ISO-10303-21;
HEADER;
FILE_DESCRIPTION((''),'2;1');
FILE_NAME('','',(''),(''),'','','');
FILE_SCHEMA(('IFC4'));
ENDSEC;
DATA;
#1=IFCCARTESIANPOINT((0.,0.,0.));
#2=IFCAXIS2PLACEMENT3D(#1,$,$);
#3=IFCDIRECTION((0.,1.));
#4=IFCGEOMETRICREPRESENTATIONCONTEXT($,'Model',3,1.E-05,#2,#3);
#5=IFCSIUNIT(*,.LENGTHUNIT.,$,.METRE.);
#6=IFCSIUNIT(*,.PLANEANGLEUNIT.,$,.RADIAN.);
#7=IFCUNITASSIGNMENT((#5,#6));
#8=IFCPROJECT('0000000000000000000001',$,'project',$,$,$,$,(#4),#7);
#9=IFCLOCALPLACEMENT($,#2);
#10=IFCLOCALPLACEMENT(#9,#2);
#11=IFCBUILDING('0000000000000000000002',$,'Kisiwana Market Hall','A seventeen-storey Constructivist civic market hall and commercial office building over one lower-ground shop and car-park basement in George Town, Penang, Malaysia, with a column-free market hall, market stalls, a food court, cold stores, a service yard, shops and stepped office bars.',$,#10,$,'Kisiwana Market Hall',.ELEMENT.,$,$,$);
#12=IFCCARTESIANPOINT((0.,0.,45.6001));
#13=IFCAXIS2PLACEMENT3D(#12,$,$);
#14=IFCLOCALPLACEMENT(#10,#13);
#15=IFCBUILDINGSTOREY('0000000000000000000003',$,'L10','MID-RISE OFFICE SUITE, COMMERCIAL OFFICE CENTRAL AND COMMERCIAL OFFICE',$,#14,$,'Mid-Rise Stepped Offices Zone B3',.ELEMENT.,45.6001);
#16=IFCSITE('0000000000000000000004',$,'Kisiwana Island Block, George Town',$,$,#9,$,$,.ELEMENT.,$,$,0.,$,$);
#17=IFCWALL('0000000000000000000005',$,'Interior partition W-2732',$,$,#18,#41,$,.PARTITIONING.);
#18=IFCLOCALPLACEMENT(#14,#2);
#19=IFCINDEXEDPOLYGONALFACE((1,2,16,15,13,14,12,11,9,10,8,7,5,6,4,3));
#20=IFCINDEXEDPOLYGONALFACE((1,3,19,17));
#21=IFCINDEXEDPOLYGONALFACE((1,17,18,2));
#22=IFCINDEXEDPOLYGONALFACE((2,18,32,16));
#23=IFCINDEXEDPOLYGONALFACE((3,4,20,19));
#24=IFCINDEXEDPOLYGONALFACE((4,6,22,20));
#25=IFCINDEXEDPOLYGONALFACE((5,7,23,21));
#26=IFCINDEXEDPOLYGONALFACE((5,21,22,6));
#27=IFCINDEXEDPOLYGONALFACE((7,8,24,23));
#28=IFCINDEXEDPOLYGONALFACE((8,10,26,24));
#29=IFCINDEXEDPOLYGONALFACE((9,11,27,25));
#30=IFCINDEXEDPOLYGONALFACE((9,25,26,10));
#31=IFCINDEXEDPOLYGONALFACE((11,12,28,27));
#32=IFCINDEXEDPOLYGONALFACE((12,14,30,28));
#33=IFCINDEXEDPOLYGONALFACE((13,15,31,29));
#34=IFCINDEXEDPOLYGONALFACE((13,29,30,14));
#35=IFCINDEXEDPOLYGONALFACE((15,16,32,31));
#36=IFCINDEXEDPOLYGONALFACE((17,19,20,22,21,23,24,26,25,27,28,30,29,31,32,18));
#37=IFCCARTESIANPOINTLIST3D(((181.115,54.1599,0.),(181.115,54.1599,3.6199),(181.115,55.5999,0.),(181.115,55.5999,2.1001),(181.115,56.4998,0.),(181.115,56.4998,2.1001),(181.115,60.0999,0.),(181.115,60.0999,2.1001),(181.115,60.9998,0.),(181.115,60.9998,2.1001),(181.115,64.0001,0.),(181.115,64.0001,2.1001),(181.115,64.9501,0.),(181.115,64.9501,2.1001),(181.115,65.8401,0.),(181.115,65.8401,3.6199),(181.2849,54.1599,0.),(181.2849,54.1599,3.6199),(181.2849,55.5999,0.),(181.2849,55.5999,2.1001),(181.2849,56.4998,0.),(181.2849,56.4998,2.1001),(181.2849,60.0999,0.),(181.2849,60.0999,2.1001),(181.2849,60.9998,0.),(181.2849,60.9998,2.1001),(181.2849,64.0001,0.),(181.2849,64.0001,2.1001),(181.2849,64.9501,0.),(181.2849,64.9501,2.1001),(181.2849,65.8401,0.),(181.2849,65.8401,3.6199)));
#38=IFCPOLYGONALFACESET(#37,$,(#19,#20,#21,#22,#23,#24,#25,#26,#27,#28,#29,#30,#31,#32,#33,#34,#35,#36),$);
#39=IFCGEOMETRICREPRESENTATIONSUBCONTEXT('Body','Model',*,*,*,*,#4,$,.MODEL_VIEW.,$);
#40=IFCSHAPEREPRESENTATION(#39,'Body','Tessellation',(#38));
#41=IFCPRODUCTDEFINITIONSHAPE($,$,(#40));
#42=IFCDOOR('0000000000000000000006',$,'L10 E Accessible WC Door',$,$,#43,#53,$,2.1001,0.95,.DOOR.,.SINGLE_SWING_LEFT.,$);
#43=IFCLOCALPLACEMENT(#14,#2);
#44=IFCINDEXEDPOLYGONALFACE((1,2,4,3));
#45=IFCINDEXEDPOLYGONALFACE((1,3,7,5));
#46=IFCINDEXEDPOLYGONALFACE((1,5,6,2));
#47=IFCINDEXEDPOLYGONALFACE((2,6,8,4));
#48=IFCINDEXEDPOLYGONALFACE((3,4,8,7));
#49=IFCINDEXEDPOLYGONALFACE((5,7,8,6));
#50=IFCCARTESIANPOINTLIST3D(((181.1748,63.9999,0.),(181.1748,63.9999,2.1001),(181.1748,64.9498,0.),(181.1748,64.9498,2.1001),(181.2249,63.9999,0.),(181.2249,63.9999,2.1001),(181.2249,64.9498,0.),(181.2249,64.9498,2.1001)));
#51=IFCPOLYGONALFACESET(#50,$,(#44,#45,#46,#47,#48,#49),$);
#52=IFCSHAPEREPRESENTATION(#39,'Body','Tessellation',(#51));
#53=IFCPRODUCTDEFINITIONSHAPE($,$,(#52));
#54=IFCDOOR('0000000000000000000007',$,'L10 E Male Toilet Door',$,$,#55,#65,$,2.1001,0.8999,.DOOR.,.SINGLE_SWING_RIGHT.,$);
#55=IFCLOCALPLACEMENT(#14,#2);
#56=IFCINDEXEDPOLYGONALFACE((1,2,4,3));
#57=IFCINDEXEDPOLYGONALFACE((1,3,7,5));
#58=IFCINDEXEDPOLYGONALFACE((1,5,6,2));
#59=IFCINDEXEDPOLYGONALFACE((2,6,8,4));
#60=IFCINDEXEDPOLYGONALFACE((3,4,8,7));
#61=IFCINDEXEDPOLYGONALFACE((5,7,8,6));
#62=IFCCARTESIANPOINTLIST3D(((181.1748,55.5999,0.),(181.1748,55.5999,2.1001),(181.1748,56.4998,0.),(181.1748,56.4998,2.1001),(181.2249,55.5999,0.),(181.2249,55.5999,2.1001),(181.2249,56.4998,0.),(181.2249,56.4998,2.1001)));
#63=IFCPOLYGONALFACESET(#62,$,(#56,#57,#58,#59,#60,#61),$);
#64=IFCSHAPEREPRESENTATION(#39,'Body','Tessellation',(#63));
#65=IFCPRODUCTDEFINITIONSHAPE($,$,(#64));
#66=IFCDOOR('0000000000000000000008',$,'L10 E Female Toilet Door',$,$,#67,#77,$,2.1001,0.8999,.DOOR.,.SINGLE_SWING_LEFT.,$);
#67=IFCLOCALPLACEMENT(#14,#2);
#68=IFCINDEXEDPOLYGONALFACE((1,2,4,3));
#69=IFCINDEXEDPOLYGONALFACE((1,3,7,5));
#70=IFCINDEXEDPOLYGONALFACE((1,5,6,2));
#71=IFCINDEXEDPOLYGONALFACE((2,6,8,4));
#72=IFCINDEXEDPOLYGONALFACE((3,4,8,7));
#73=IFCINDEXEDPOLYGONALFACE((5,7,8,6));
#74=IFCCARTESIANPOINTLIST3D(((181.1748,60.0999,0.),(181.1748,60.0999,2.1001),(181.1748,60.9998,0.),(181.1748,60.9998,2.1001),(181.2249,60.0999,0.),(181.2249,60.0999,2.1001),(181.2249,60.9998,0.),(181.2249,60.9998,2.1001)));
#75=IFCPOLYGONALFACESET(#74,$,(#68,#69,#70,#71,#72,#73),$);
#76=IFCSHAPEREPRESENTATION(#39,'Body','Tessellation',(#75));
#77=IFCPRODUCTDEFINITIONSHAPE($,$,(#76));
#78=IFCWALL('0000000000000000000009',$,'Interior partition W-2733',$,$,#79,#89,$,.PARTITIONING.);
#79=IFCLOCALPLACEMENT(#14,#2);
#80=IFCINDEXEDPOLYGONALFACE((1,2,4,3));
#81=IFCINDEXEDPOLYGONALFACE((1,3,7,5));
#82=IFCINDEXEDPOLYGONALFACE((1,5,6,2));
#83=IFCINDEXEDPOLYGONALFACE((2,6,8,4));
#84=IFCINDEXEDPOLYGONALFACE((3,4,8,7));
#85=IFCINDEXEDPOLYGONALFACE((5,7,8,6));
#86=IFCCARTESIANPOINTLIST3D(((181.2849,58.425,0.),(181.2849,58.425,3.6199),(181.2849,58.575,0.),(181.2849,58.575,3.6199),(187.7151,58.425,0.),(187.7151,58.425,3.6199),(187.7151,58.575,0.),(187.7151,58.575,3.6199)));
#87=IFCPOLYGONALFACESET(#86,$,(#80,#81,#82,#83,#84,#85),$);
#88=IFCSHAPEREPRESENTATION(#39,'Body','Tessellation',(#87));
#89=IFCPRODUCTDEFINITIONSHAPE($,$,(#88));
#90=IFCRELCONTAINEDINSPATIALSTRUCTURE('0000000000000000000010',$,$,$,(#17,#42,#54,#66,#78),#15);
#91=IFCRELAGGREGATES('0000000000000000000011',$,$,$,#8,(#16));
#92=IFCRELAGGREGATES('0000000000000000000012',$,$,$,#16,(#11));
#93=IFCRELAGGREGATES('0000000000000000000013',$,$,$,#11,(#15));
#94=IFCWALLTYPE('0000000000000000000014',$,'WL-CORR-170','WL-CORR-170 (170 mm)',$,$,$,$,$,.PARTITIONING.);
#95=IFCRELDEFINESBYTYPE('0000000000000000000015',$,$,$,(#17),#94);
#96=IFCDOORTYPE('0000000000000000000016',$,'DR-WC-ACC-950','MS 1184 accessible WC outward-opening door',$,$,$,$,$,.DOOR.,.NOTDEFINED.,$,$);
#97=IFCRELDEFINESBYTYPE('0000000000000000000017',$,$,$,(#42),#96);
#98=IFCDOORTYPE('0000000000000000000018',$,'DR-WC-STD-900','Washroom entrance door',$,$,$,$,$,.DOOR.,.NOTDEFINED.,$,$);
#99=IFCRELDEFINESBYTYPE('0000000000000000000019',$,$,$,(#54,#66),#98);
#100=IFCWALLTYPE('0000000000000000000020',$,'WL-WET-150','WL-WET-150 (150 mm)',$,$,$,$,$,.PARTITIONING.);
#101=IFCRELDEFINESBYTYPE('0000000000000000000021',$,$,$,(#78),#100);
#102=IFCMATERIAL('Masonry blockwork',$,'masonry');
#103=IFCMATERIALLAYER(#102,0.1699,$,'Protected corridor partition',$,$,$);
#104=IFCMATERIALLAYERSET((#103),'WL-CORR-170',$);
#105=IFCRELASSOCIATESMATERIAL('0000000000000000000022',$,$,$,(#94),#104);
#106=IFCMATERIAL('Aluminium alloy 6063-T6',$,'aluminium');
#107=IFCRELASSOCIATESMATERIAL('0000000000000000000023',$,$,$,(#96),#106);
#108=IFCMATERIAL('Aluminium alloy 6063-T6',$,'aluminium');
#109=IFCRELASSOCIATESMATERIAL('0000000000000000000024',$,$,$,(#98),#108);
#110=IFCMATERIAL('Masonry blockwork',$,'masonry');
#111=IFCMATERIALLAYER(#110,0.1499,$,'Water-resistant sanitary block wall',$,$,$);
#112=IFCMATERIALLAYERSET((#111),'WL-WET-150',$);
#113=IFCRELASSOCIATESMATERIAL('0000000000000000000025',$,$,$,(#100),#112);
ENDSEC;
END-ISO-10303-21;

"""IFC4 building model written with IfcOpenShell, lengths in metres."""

from ifc_helpers import new_model, si_unit, direction, frame, frame_2d, origin, place, context, subcontext, project, spatial, rectangle, extrude, material, layer, layer_set, type_object, element, fill, save


model = new_model("IFC4")

# Units and contexts
model_context = context("Model", 3, precision=1e-05, world=origin(), true_north=direction((0.0, 1.0)))
body_context = subcontext(model_context, "Body", "Model", "MODEL_VIEW")
ifc_project = project(units=[si_unit("LENGTHUNIT", "METRE"), si_unit("PLANEANGLEUNIT", "RADIAN")], contexts=[model_context])

# Site, building, storey
site_placement = place(None, origin())
site = spatial("IfcSite", under=ifc_project, at=site_placement, Name="Kisiwana Island Block, George Town", CompositionType="ELEMENT", RefElevation=0.0)
building_placement = place(site_placement, origin())
building = spatial("IfcBuilding", under=site, at=building_placement, Name="Kisiwana Market Hall", Description="A seventeen-storey Constructivist civic market hall and commercial office building over one lower-ground shop and car-park basement in George Town, Penang, Malaysia, with a column-free market hall, market stalls, a food court, cold stores, a service yard, shops and stepped office bars.", LongName="Kisiwana Market Hall", CompositionType="ELEMENT")
storey_placement = place(building_placement, frame((0.0, 0.0, 45.6001)))
storey = spatial("IfcBuildingStorey", under=building, at=storey_placement, Name="L10", Description="MID-RISE OFFICE SUITE, COMMERCIAL OFFICE CENTRAL AND COMMERCIAL OFFICE", LongName="Mid-Rise Stepped Offices Zone B3", CompositionType="ELEMENT", Elevation=45.6001)

# Shared definitions
ifc_material_1 = material(Name="Masonry blockwork", Category="masonry")
ifc_layer_1 = layer(ifc_material_1, 0.1699, Name="Protected corridor partition")
ifc_layer_set_1 = layer_set([ifc_layer_1], Name="WL-CORR-170")
wall_type_1 = type_object("IfcWallType", Name="WL-CORR-170", Description="WL-CORR-170 (170 mm)", PredefinedType="PARTITIONING", material=ifc_layer_set_1)

# Wall, openings, doors
wall_1_placement = place(storey_placement, frame((181.2, 54.1599, 0.0), z_axis=(0.0, 0.0, 1.0), x_axis=(0.0, 1.0, 0.0)))
wall_1 = element("IfcWall", 1, at=wall_1_placement, inside=storey, type_object=wall_type_1, Name="Interior partition W-2732", PredefinedType="PARTITIONING", context=body_context, shape_type="SweptSolid", body=[
    extrude(rectangle(XDim=11.6802, YDim=0.1699, at=frame_2d((5.8401, 0.0))), origin(), (0.0, 0.0, 1.0), 3.6199),
])
opening_1_placement = place(wall_1_placement, frame((1.4399, 0.0, 0.0)))
opening_1 = element("IfcOpeningElement", 2, at=opening_1_placement, cuts=wall_1, PredefinedType="OPENING", context=body_context, shape_type="SweptSolid", body=[
    extrude(rectangle(XDim=0.8999, YDim=2.1001, at=frame_2d((0.45, 1.05))), frame((0.0, 0.0969, 0.0), z_axis=(0.0, -1.0, 0.0), x_axis=(1.0, 0.0, 0.0)), (0.0, 0.0, 1.0), 0.1938),
])
opening_2_placement = place(wall_1_placement, frame((5.9399, 0.0, 0.0)))
opening_2 = element("IfcOpeningElement", 3, at=opening_2_placement, cuts=wall_1, PredefinedType="OPENING", context=body_context, shape_type="SweptSolid", body=[
    extrude(rectangle(XDim=0.8999, YDim=2.1001, at=frame_2d((0.45, 1.05))), frame((0.0, 0.0969, 0.0), z_axis=(0.0, -1.0, 0.0), x_axis=(1.0, 0.0, 0.0)), (0.0, 0.0, 1.0), 0.1938),
])
opening_3_placement = place(wall_1_placement, frame((9.8401, 0.0, 0.0)))
opening_3 = element("IfcOpeningElement", 4, at=opening_3_placement, cuts=wall_1, PredefinedType="OPENING", context=body_context, shape_type="SweptSolid", body=[
    extrude(rectangle(XDim=0.95, YDim=2.1001, at=frame_2d((0.4751, 1.05))), frame((0.0, 0.0969, 0.0), z_axis=(0.0, -1.0, 0.0), x_axis=(1.0, 0.0, 0.0)), (0.0, 0.0, 1.0), 0.1938),
])
ifc_material_2 = material(Name="Aluminium alloy 6063-T6", Category="aluminium")
door_type_1 = type_object("IfcDoorType", Name="DR-WC-ACC-950", Description="MS 1184 accessible WC outward-opening door", OperationType="NOTDEFINED", PredefinedType="DOOR", material=ifc_material_2)
door_1_placement = place(opening_3_placement, frame((0.95, 0.0, 0.0), z_axis=(0.0, 0.0, 1.0), x_axis=(-1.0, 0.0, 0.0)))
door_1 = element("IfcDoor", 5, at=door_1_placement, inside=storey, type_object=door_type_1, Name="L10 E Accessible WC Door", OperationType="SINGLE_SWING_LEFT", OverallHeight=2.1001, OverallWidth=0.95, PredefinedType="DOOR", context=body_context, shape_type="SweptSolid", body=[
    extrude(rectangle(XDim=0.95, YDim=2.1001, at=frame_2d((0.4751, 1.05))), frame((0.0, 0.0249, 0.0), z_axis=(0.0, -1.0, 0.0), x_axis=(1.0, 0.0, 0.0)), (0.0, 0.0, 1.0), 0.05),
])
fill(opening_3, door_1)
ifc_material_3 = material(Name="Aluminium alloy 6063-T6", Category="aluminium")
door_type_2 = type_object("IfcDoorType", Name="DR-WC-STD-900", Description="Washroom entrance door", OperationType="NOTDEFINED", PredefinedType="DOOR", material=ifc_material_3)
door_2_placement = place(opening_1_placement, frame((0.8999, 0.0, 0.0), z_axis=(0.0, 0.0, 1.0), x_axis=(-1.0, 0.0, 0.0)))
door_2 = element("IfcDoor", 6, at=door_2_placement, inside=storey, type_object=door_type_2, Name="L10 E Male Toilet Door", OperationType="SINGLE_SWING_RIGHT", OverallHeight=2.1001, OverallWidth=0.8999, PredefinedType="DOOR", context=body_context, shape_type="SweptSolid", body=[
    extrude(rectangle(XDim=0.8999, YDim=2.1001, at=frame_2d((0.45, 1.05))), frame((0.0, 0.0249, 0.0), z_axis=(0.0, -1.0, 0.0), x_axis=(1.0, 0.0, 0.0)), (0.0, 0.0, 1.0), 0.05),
])
fill(opening_1, door_2)
door_3_placement = place(opening_2_placement, frame((0.8999, 0.0, 0.0), z_axis=(0.0, 0.0, 1.0), x_axis=(-1.0, 0.0, 0.0)))
door_3 = element("IfcDoor", 7, at=door_3_placement, inside=storey, type_object=door_type_2, Name="L10 E Female Toilet Door", OperationType="SINGLE_SWING_LEFT", OverallHeight=2.1001, OverallWidth=0.8999, PredefinedType="DOOR", context=body_context, shape_type="SweptSolid", body=[
    extrude(rectangle(XDim=0.8999, YDim=2.1001, at=frame_2d((0.45, 1.05))), frame((0.0, 0.0249, 0.0), z_axis=(0.0, -1.0, 0.0), x_axis=(1.0, 0.0, 0.0)), (0.0, 0.0, 1.0), 0.05),
])
fill(opening_2, door_3)

# Wall
ifc_material_4 = material(Name="Masonry blockwork", Category="masonry")
ifc_layer_2 = layer(ifc_material_4, 0.1499, Name="Water-resistant sanitary block wall")
ifc_layer_set_2 = layer_set([ifc_layer_2], Name="WL-WET-150")
wall_type_2 = type_object("IfcWallType", Name="WL-WET-150", Description="WL-WET-150 (150 mm)", PredefinedType="PARTITIONING", material=ifc_layer_set_2)
wall_2_placement = place(storey_placement, frame((181.2849, 58.5, 0.0), z_axis=(0.0, 0.0, 1.0), x_axis=(1.0, 0.0, 0.0)))
element("IfcWall", 8, at=wall_2_placement, inside=storey, type_object=wall_type_2, Name="Interior partition W-2733", PredefinedType="PARTITIONING", context=body_context, shape_type="SweptSolid", body=[
    extrude(rectangle(XDim=6.4302, YDim=0.1499, at=frame_2d((3.2151, 0.0))), origin(), (0.0, 0.0, 1.0), 3.6199),
])

save(model, "model.ifc")
